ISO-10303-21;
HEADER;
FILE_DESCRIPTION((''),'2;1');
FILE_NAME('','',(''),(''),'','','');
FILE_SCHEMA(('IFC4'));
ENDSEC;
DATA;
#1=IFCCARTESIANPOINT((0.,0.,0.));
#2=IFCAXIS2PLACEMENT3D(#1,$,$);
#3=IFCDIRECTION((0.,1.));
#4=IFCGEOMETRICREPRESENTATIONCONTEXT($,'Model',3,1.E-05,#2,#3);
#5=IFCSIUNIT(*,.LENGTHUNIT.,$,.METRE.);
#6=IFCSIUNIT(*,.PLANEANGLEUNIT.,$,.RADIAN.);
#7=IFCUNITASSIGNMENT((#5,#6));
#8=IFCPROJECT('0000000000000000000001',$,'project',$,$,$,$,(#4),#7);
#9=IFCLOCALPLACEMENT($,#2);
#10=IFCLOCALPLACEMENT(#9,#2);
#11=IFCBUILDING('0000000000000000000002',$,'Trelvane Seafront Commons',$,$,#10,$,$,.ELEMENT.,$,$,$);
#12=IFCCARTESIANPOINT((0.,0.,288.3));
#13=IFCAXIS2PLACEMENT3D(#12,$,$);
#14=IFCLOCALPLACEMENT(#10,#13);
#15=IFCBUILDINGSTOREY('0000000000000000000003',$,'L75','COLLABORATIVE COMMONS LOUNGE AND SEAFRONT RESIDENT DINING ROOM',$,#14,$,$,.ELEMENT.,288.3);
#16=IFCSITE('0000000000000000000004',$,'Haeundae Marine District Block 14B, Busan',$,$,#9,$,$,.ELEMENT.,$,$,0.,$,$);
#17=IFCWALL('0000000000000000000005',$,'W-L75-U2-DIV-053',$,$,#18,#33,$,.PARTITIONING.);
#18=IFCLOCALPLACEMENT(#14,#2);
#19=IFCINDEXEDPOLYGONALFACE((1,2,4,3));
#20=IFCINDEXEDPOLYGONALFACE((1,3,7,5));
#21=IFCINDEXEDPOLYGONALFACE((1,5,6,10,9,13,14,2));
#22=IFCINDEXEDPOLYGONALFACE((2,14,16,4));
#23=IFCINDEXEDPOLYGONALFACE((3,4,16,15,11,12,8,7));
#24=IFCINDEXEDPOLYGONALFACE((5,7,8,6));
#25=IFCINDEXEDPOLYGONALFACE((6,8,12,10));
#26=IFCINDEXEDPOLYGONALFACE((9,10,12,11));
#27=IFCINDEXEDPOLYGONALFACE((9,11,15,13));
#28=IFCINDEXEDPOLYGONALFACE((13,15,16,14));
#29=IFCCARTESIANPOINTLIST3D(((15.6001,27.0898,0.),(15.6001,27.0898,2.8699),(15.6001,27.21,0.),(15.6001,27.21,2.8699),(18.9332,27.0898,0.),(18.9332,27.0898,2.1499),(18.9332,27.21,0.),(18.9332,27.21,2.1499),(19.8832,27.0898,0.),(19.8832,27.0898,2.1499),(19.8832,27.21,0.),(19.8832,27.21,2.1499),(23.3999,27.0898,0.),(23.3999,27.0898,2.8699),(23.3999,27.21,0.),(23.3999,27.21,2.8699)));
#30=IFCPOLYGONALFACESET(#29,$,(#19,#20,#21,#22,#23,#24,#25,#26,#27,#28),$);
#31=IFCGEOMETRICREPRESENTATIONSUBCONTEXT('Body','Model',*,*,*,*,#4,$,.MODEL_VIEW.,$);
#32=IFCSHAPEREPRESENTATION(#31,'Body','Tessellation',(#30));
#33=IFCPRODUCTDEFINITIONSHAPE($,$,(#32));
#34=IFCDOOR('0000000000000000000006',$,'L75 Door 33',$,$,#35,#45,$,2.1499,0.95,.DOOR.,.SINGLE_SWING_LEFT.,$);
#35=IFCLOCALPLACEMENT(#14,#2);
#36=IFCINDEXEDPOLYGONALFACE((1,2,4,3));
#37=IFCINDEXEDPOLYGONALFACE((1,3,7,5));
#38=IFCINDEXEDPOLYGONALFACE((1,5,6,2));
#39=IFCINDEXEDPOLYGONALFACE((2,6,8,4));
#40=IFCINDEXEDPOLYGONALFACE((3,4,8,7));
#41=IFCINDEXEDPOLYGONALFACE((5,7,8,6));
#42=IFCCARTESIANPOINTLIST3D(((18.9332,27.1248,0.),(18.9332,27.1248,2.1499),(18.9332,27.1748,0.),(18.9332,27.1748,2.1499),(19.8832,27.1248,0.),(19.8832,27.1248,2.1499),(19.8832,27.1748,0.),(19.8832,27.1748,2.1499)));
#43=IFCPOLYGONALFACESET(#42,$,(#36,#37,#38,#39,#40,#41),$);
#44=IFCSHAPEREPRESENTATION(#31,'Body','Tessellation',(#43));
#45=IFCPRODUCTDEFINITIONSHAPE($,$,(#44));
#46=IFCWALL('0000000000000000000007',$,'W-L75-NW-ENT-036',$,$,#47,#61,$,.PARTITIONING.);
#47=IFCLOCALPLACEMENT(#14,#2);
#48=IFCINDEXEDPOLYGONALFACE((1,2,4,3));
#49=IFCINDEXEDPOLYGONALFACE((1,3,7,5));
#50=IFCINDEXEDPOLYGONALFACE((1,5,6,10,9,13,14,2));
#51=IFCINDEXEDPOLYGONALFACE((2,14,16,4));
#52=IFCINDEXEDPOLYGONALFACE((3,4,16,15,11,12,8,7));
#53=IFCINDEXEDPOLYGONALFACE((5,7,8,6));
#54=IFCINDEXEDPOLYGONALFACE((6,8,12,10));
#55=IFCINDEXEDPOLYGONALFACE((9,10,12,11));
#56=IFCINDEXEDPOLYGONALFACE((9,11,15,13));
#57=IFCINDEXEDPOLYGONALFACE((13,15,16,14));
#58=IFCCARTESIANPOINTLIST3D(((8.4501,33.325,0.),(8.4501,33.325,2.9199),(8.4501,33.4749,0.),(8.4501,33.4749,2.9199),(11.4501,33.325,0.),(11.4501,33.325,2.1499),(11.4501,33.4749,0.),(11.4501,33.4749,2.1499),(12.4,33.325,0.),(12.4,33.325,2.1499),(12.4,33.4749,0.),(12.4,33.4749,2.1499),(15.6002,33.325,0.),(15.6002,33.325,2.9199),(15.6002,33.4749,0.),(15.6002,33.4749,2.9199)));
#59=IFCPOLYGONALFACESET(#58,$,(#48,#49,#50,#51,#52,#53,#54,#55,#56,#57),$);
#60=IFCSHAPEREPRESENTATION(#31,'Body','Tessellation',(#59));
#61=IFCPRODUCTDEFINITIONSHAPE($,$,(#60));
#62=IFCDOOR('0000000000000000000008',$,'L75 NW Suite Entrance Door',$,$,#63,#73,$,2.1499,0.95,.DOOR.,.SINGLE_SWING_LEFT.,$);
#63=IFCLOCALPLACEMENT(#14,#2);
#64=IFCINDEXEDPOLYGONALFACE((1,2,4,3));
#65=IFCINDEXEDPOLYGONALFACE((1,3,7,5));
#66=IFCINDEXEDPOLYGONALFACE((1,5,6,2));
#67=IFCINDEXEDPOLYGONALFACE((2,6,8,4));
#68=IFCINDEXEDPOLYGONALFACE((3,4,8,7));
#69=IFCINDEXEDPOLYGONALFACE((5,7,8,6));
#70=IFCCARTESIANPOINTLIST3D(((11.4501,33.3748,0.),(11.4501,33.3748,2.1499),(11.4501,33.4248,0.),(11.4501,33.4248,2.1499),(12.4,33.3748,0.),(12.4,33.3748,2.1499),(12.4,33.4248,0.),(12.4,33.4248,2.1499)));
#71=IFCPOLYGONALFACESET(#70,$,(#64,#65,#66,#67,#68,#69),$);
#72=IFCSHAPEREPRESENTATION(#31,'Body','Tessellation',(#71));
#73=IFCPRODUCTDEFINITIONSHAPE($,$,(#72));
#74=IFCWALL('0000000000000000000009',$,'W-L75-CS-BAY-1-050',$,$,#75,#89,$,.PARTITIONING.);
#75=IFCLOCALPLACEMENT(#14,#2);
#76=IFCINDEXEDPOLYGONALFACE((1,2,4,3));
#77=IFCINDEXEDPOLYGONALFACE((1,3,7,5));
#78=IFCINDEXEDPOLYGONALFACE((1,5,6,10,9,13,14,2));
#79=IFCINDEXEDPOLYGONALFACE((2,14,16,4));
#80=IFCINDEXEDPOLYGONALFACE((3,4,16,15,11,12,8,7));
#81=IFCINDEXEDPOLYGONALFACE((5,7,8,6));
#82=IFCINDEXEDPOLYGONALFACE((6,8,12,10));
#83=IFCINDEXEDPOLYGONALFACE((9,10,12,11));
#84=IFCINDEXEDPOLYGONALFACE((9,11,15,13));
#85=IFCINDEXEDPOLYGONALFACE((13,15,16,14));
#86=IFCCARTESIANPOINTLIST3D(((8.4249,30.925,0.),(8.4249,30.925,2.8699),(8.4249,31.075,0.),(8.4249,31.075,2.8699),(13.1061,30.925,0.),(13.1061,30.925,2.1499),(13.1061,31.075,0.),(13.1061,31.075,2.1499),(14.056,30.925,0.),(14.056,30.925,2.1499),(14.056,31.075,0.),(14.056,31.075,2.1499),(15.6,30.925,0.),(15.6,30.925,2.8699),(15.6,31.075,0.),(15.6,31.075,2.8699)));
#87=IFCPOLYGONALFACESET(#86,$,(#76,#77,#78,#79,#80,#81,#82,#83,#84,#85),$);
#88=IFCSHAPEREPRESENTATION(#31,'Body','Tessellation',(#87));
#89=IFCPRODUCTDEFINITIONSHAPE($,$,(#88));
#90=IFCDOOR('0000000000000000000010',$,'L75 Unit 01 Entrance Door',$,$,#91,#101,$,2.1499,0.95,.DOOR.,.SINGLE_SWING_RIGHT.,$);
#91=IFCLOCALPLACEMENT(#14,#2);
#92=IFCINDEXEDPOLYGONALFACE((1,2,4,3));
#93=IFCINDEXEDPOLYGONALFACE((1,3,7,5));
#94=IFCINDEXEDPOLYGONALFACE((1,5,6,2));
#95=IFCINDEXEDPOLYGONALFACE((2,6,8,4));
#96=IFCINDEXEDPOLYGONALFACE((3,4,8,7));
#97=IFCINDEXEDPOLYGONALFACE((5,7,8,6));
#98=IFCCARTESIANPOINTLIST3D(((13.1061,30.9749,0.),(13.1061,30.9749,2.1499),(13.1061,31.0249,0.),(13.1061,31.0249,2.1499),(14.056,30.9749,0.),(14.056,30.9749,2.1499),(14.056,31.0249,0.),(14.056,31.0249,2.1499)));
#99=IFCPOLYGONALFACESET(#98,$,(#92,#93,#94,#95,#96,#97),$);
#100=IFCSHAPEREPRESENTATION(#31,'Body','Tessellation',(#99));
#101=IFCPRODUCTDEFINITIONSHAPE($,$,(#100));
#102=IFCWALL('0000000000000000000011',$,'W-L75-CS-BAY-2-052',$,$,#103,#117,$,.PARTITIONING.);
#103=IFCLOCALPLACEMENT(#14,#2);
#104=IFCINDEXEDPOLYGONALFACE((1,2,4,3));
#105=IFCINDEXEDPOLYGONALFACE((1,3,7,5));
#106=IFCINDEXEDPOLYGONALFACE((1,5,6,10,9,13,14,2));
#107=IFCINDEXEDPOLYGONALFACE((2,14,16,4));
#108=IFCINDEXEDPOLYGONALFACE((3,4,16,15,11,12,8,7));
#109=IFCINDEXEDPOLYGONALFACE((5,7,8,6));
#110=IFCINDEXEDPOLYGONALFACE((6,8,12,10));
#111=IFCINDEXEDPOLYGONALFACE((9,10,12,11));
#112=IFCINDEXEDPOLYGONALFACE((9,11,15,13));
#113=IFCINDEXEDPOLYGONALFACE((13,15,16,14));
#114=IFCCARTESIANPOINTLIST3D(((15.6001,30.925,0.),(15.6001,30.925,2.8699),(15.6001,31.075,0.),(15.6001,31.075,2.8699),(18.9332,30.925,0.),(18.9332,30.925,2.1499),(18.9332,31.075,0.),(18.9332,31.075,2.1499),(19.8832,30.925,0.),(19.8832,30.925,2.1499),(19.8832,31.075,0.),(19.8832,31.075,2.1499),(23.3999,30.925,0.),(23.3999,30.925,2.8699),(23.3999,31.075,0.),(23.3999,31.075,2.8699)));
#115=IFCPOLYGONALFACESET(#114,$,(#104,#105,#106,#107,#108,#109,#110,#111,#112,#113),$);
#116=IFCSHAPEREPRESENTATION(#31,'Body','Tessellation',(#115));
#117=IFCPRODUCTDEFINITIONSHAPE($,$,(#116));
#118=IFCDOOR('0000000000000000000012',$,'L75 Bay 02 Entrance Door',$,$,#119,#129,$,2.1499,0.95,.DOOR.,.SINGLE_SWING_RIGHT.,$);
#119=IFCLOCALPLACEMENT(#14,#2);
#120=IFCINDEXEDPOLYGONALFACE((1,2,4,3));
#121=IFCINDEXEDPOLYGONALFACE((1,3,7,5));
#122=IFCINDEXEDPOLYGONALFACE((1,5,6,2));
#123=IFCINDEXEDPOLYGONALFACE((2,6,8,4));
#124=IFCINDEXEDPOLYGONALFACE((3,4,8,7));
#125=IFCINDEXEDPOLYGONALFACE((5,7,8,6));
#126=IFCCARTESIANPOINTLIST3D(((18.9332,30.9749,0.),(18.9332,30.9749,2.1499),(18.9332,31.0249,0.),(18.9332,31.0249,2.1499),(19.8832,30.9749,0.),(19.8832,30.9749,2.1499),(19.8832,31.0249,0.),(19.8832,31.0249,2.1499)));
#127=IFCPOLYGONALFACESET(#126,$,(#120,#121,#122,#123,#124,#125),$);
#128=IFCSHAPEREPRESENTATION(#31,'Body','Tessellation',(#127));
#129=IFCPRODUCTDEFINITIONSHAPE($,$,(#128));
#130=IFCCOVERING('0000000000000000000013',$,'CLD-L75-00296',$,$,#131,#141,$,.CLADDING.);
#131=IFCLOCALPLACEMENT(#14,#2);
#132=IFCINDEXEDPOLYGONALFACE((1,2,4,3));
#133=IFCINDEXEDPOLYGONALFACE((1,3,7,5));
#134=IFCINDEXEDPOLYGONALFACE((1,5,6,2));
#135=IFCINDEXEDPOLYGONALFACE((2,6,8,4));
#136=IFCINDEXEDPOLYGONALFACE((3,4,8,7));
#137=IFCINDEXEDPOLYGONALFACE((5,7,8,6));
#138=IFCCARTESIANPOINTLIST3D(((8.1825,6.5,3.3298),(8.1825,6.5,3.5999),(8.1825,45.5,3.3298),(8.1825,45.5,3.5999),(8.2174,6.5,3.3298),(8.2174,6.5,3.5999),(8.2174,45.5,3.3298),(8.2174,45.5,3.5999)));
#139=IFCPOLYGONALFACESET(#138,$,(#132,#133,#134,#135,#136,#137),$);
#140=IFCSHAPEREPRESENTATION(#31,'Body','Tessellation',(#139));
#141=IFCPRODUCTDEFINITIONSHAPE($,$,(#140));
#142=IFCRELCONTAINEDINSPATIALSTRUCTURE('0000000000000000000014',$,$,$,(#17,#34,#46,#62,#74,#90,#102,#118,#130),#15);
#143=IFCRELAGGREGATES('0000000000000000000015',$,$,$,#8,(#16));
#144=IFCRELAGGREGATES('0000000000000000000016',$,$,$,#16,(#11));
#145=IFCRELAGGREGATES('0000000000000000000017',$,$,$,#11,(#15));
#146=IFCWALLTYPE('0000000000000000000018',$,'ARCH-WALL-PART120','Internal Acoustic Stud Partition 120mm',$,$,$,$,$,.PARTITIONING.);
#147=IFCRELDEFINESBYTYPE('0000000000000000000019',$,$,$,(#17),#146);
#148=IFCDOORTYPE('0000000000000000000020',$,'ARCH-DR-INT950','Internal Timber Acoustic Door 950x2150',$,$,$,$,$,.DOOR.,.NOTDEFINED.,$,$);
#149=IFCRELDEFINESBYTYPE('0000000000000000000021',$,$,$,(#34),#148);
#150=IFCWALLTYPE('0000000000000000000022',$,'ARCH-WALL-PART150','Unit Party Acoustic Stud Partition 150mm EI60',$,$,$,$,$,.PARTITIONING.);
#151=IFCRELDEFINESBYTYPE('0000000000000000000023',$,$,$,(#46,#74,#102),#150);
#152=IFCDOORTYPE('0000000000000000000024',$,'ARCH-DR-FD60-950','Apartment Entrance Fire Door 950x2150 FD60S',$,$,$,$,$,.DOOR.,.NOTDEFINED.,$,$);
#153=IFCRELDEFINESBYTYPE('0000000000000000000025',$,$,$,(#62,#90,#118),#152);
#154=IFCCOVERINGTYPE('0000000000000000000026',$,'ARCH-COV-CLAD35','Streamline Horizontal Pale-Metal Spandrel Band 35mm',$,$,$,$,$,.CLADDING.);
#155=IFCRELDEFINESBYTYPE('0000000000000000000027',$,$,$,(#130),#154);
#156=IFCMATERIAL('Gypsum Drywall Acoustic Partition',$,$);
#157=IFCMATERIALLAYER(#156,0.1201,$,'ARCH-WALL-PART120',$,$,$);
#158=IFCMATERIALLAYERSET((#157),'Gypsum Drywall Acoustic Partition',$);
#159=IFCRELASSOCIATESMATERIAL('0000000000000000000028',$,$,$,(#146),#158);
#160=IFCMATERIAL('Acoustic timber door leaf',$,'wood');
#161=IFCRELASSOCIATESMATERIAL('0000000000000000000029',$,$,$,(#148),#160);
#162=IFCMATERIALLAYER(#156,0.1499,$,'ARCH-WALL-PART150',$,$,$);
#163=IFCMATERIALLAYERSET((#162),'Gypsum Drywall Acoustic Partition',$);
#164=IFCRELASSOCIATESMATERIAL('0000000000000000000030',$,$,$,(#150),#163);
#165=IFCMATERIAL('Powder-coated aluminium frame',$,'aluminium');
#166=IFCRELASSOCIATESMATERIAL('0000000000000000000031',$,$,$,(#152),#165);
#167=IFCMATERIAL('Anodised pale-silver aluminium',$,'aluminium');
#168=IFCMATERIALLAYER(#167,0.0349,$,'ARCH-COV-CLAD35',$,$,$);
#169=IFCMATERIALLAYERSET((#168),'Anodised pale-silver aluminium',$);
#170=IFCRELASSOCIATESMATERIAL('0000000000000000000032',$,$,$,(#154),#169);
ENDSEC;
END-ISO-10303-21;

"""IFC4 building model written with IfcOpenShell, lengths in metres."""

from ifc_helpers import new_model, si_unit, direction, frame, frame_2d, origin, origin_2d, place, context, subcontext, project, spatial, rectangle, extrude, source, transform, mapped, material, layer, layer_set, type_object, element, fill, save


model = new_model("IFC4")

# Units and contexts
model_context = context("Model", 3, precision=1e-05, world=origin(), true_north=direction((0.0, 1.0)))
body_context = subcontext(model_context, "Body", "Model", "MODEL_VIEW")
ifc_project = project(units=[si_unit("LENGTHUNIT", "METRE"), si_unit("PLANEANGLEUNIT", "RADIAN")], contexts=[model_context])

# Site, building, storey
site_placement = place(None, origin())
site = spatial("IfcSite", under=ifc_project, at=site_placement, Name="Haeundae Marine District Block 14B, Busan", CompositionType="ELEMENT", RefElevation=0.0)
building_placement = place(site_placement, origin())
building = spatial("IfcBuilding", under=site, at=building_placement, Name="Trelvane Seafront Commons", CompositionType="ELEMENT")
storey_placement = place(building_placement, frame((0.0, 0.0, 288.3)))
storey = spatial("IfcBuildingStorey", under=building, at=storey_placement, Name="L75", Description="COLLABORATIVE COMMONS LOUNGE AND SEAFRONT RESIDENT DINING ROOM", CompositionType="ELEMENT", Elevation=288.3)

# Shared definitions
ifc_material_1 = material(Name="Gypsum Drywall Acoustic Partition")
ifc_layer_1 = layer(ifc_material_1, 0.1201, Name="ARCH-WALL-PART120")
ifc_layer_set_1 = layer_set([ifc_layer_1], Name="Gypsum Drywall Acoustic Partition")
wall_type_1 = type_object("IfcWallType", Name="ARCH-WALL-PART120", Description="Internal Acoustic Stud Partition 120mm", PredefinedType="PARTITIONING", material=ifc_layer_set_1)
ifc_material_2 = material(Name="Acoustic timber door leaf", Category="wood")
door_type_1 = type_object("IfcDoorType", Name="ARCH-DR-INT950", Description="Internal Timber Acoustic Door 950x2150", OperationType="NOTDEFINED", PredefinedType="DOOR", material=ifc_material_2)
shared_shape_1 = source(origin(), body_context, "Body", "SweptSolid", [
    extrude(rectangle(XDim=0.95, YDim=2.1499, at=frame_2d((0.4751, 1.075))), frame((0.0, 0.0249, 0.0), z_axis=(0.0, -1.0, 0.0), x_axis=(1.0, 0.0, 0.0)), (0.0, 0.0, 1.0), 0.05),
])

# Walls, openings, doors
wall_1_placement = place(storey_placement, frame((15.6001, 27.1499, 0.0), z_axis=(0.0, 0.0, 1.0), x_axis=(1.0, 0.0, 0.0)))
wall_1 = element("IfcWall", 1, at=wall_1_placement, inside=storey, type_object=wall_type_1, Name="W-L75-U2-DIV-053", PredefinedType="PARTITIONING", context=body_context, shape_type="SweptSolid", body=[
    extrude(rectangle(XDim=7.7998, YDim=0.1201, at=frame_2d((3.8999, 0.0))), origin(), (0.0, 0.0, 1.0), 2.8699),
])
opening_1_placement = place(wall_1_placement, frame((3.333, 0.0, 0.0)))
opening_1 = element("IfcOpeningElement", 2, at=opening_1_placement, cuts=wall_1, PredefinedType="OPENING", context=body_context, shape_type="SweptSolid", body=[
    extrude(rectangle(XDim=0.95, YDim=2.1499, at=frame_2d((0.4751, 1.075))), frame((0.0, 0.0701, 0.0), z_axis=(0.0, -1.0, 0.0), x_axis=(1.0, 0.0, 0.0)), (0.0, 0.0, 1.0), 0.1401),
])
door_1_placement = place(opening_1_placement, origin())
door_1 = element("IfcDoor", 3, at=door_1_placement, inside=storey, type_object=door_type_1, Name="L75 Door 33", OperationType="SINGLE_SWING_LEFT", OverallHeight=2.1499, OverallWidth=0.95, PredefinedType="DOOR", context=body_context, shape_type="MappedRepresentation", body=[
    mapped(shared_shape_1, transform((0.0, 0.0, 0.0), x_axis=(1.0, 0.0, 0.0), y_axis=(0.0, 1.0, 0.0), z_axis=(0.0, 0.0, 1.0), scale=1.0)),
])
fill(opening_1, door_1)
ifc_layer_2 = layer(ifc_material_1, 0.1499, Name="ARCH-WALL-PART150")
ifc_layer_set_2 = layer_set([ifc_layer_2], Name="Gypsum Drywall Acoustic Partition")
wall_type_2 = type_object("IfcWallType", Name="ARCH-WALL-PART150", Description="Unit Party Acoustic Stud Partition 150mm EI60", PredefinedType="PARTITIONING", material=ifc_layer_set_2)
wall_2_placement = place(storey_placement, frame((8.45, 33.3999, 0.0), z_axis=(0.0, 0.0, 1.0), x_axis=(1.0, 0.0, 0.0)))
wall_2 = element("IfcWall", 4, at=wall_2_placement, inside=storey, type_object=wall_type_2, Name="W-L75-NW-ENT-036", PredefinedType="PARTITIONING", context=body_context, shape_type="SweptSolid", body=[
    extrude(rectangle(XDim=7.1501, YDim=0.1499, at=frame_2d((3.5752, 0.0))), origin(), (0.0, 0.0, 1.0), 2.9199),
])
opening_2_placement = place(wall_2_placement, frame((3.0, 0.0, 0.0)))
opening_2 = element("IfcOpeningElement", 5, at=opening_2_placement, cuts=wall_2, PredefinedType="OPENING", context=body_context, shape_type="SweptSolid", body=[
    extrude(rectangle(XDim=0.95, YDim=2.1499, at=frame_2d((0.4751, 1.075))), frame((0.0, 0.085, 0.0), z_axis=(0.0, -1.0, 0.0), x_axis=(1.0, 0.0, 0.0)), (0.0, 0.0, 1.0), 0.1699),
])
ifc_material_3 = material(Name="Powder-coated aluminium frame", Category="aluminium")
door_type_2 = type_object("IfcDoorType", Name="ARCH-DR-FD60-950", Description="Apartment Entrance Fire Door 950x2150 FD60S", OperationType="NOTDEFINED", PredefinedType="DOOR", material=ifc_material_3)
door_2_placement = place(opening_2_placement, origin())
door_2 = element("IfcDoor", 6, at=door_2_placement, inside=storey, type_object=door_type_2, Name="L75 NW Suite Entrance Door", OperationType="SINGLE_SWING_LEFT", OverallHeight=2.1499, OverallWidth=0.95, PredefinedType="DOOR", context=body_context, shape_type="MappedRepresentation", body=[
    mapped(shared_shape_1, transform((0.0, 0.0, 0.0), x_axis=(1.0, 0.0, 0.0), y_axis=(0.0, 1.0, 0.0), z_axis=(0.0, 0.0, 1.0), scale=1.0)),
])
fill(opening_2, door_2)
wall_3_placement = place(storey_placement, frame((8.425, 31.0, 0.0), z_axis=(0.0, 0.0, 1.0), x_axis=(1.0, 0.0, 0.0)))
wall_3 = element("IfcWall", 7, at=wall_3_placement, inside=storey, type_object=wall_type_2, Name="W-L75-CS-BAY-1-050", PredefinedType="PARTITIONING", context=body_context, shape_type="SweptSolid", body=[
    extrude(rectangle(XDim=7.175, YDim=0.1499, at=frame_2d((3.5874, 0.0))), origin(), (0.0, 0.0, 1.0), 2.8699),
])
opening_3_placement = place(wall_3_placement, frame((4.6809, 0.0, 0.0)))
opening_3 = element("IfcOpeningElement", 8, at=opening_3_placement, cuts=wall_3, PredefinedType="OPENING", context=body_context, shape_type="SweptSolid", body=[
    extrude(rectangle(XDim=0.95, YDim=2.1499, at=frame_2d((0.4751, 1.075))), frame((0.0, 0.085, 0.0), z_axis=(0.0, -1.0, 0.0), x_axis=(1.0, 0.0, 0.0)), (0.0, 0.0, 1.0), 0.1699),
])
door_3_placement = place(opening_3_placement, origin())
door_3 = element("IfcDoor", 9, at=door_3_placement, inside=storey, type_object=door_type_2, Name="L75 Unit 01 Entrance Door", OperationType="SINGLE_SWING_RIGHT", OverallHeight=2.1499, OverallWidth=0.95, PredefinedType="DOOR", context=body_context, shape_type="MappedRepresentation", body=[
    mapped(shared_shape_1, transform((0.0, 0.0, 0.0), x_axis=(1.0, 0.0, 0.0), y_axis=(0.0, 1.0, 0.0), z_axis=(0.0, 0.0, 1.0), scale=1.0)),
])
fill(opening_3, door_3)
wall_4_placement = place(storey_placement, frame((15.6001, 31.0, 0.0), z_axis=(0.0, 0.0, 1.0), x_axis=(1.0, 0.0, 0.0)))
wall_4 = element("IfcWall", 10, at=wall_4_placement, inside=storey, type_object=wall_type_2, Name="W-L75-CS-BAY-2-052", PredefinedType="PARTITIONING", context=body_context, shape_type="SweptSolid", body=[
    extrude(rectangle(XDim=7.7998, YDim=0.1499, at=frame_2d((3.8999, 0.0))), origin(), (0.0, 0.0, 1.0), 2.8699),
])
opening_4_placement = place(wall_4_placement, frame((3.333, 0.0, 0.0)))
opening_4 = element("IfcOpeningElement", 11, at=opening_4_placement, cuts=wall_4, PredefinedType="OPENING", context=body_context, shape_type="SweptSolid", body=[
    extrude(rectangle(XDim=0.95, YDim=2.1499, at=frame_2d((0.4751, 1.075))), frame((0.0, 0.085, 0.0), z_axis=(0.0, -1.0, 0.0), x_axis=(1.0, 0.0, 0.0)), (0.0, 0.0, 1.0), 0.1699),
])
door_4_placement = place(opening_4_placement, origin())
door_4 = element("IfcDoor", 12, at=door_4_placement, inside=storey, type_object=door_type_2, Name="L75 Bay 02 Entrance Door", OperationType="SINGLE_SWING_RIGHT", OverallHeight=2.1499, OverallWidth=0.95, PredefinedType="DOOR", context=body_context, shape_type="MappedRepresentation", body=[
    mapped(shared_shape_1, transform((0.0, 0.0, 0.0), x_axis=(1.0, 0.0, 0.0), y_axis=(0.0, 1.0, 0.0), z_axis=(0.0, 0.0, 1.0), scale=1.0)),
])
fill(opening_4, door_4)

# Covering
ifc_material_4 = material(Name="Anodised pale-silver aluminium", Category="aluminium")
ifc_layer_3 = layer(ifc_material_4, 0.0349, Name="ARCH-COV-CLAD35")
ifc_layer_set_3 = layer_set([ifc_layer_3], Name="Anodised pale-silver aluminium")
covering_type = type_object("IfcCoveringType", Name="ARCH-COV-CLAD35", Description="Streamline Horizontal Pale-Metal Spandrel Band 35mm", PredefinedType="CLADDING", material=ifc_layer_set_3)
shared_shape_2 = source(origin(), body_context, "Body", "SweptSolid", [
    extrude(rectangle(XDim=39.0, YDim=0.0349, at=origin_2d()), origin(), (0.0, 0.0, 1.0), 0.27),
])
covering_placement = place(storey_placement, frame((8.2, 26.0, 3.3298), z_axis=(0.0, 0.0, 1.0), x_axis=(0.0, 1.0, 0.0)))
element("IfcCovering", 13, at=covering_placement, inside=storey, type_object=covering_type, Name="CLD-L75-00296", PredefinedType="CLADDING", context=body_context, shape_type="MappedRepresentation", body=[
    mapped(shared_shape_2, transform((0.0, 0.0, 0.0), x_axis=(1.0, 0.0, 0.0), y_axis=(0.0, 1.0, 0.0), z_axis=(0.0, 0.0, 1.0), scale=1.0)),
])

save(model, "model.ifc")
